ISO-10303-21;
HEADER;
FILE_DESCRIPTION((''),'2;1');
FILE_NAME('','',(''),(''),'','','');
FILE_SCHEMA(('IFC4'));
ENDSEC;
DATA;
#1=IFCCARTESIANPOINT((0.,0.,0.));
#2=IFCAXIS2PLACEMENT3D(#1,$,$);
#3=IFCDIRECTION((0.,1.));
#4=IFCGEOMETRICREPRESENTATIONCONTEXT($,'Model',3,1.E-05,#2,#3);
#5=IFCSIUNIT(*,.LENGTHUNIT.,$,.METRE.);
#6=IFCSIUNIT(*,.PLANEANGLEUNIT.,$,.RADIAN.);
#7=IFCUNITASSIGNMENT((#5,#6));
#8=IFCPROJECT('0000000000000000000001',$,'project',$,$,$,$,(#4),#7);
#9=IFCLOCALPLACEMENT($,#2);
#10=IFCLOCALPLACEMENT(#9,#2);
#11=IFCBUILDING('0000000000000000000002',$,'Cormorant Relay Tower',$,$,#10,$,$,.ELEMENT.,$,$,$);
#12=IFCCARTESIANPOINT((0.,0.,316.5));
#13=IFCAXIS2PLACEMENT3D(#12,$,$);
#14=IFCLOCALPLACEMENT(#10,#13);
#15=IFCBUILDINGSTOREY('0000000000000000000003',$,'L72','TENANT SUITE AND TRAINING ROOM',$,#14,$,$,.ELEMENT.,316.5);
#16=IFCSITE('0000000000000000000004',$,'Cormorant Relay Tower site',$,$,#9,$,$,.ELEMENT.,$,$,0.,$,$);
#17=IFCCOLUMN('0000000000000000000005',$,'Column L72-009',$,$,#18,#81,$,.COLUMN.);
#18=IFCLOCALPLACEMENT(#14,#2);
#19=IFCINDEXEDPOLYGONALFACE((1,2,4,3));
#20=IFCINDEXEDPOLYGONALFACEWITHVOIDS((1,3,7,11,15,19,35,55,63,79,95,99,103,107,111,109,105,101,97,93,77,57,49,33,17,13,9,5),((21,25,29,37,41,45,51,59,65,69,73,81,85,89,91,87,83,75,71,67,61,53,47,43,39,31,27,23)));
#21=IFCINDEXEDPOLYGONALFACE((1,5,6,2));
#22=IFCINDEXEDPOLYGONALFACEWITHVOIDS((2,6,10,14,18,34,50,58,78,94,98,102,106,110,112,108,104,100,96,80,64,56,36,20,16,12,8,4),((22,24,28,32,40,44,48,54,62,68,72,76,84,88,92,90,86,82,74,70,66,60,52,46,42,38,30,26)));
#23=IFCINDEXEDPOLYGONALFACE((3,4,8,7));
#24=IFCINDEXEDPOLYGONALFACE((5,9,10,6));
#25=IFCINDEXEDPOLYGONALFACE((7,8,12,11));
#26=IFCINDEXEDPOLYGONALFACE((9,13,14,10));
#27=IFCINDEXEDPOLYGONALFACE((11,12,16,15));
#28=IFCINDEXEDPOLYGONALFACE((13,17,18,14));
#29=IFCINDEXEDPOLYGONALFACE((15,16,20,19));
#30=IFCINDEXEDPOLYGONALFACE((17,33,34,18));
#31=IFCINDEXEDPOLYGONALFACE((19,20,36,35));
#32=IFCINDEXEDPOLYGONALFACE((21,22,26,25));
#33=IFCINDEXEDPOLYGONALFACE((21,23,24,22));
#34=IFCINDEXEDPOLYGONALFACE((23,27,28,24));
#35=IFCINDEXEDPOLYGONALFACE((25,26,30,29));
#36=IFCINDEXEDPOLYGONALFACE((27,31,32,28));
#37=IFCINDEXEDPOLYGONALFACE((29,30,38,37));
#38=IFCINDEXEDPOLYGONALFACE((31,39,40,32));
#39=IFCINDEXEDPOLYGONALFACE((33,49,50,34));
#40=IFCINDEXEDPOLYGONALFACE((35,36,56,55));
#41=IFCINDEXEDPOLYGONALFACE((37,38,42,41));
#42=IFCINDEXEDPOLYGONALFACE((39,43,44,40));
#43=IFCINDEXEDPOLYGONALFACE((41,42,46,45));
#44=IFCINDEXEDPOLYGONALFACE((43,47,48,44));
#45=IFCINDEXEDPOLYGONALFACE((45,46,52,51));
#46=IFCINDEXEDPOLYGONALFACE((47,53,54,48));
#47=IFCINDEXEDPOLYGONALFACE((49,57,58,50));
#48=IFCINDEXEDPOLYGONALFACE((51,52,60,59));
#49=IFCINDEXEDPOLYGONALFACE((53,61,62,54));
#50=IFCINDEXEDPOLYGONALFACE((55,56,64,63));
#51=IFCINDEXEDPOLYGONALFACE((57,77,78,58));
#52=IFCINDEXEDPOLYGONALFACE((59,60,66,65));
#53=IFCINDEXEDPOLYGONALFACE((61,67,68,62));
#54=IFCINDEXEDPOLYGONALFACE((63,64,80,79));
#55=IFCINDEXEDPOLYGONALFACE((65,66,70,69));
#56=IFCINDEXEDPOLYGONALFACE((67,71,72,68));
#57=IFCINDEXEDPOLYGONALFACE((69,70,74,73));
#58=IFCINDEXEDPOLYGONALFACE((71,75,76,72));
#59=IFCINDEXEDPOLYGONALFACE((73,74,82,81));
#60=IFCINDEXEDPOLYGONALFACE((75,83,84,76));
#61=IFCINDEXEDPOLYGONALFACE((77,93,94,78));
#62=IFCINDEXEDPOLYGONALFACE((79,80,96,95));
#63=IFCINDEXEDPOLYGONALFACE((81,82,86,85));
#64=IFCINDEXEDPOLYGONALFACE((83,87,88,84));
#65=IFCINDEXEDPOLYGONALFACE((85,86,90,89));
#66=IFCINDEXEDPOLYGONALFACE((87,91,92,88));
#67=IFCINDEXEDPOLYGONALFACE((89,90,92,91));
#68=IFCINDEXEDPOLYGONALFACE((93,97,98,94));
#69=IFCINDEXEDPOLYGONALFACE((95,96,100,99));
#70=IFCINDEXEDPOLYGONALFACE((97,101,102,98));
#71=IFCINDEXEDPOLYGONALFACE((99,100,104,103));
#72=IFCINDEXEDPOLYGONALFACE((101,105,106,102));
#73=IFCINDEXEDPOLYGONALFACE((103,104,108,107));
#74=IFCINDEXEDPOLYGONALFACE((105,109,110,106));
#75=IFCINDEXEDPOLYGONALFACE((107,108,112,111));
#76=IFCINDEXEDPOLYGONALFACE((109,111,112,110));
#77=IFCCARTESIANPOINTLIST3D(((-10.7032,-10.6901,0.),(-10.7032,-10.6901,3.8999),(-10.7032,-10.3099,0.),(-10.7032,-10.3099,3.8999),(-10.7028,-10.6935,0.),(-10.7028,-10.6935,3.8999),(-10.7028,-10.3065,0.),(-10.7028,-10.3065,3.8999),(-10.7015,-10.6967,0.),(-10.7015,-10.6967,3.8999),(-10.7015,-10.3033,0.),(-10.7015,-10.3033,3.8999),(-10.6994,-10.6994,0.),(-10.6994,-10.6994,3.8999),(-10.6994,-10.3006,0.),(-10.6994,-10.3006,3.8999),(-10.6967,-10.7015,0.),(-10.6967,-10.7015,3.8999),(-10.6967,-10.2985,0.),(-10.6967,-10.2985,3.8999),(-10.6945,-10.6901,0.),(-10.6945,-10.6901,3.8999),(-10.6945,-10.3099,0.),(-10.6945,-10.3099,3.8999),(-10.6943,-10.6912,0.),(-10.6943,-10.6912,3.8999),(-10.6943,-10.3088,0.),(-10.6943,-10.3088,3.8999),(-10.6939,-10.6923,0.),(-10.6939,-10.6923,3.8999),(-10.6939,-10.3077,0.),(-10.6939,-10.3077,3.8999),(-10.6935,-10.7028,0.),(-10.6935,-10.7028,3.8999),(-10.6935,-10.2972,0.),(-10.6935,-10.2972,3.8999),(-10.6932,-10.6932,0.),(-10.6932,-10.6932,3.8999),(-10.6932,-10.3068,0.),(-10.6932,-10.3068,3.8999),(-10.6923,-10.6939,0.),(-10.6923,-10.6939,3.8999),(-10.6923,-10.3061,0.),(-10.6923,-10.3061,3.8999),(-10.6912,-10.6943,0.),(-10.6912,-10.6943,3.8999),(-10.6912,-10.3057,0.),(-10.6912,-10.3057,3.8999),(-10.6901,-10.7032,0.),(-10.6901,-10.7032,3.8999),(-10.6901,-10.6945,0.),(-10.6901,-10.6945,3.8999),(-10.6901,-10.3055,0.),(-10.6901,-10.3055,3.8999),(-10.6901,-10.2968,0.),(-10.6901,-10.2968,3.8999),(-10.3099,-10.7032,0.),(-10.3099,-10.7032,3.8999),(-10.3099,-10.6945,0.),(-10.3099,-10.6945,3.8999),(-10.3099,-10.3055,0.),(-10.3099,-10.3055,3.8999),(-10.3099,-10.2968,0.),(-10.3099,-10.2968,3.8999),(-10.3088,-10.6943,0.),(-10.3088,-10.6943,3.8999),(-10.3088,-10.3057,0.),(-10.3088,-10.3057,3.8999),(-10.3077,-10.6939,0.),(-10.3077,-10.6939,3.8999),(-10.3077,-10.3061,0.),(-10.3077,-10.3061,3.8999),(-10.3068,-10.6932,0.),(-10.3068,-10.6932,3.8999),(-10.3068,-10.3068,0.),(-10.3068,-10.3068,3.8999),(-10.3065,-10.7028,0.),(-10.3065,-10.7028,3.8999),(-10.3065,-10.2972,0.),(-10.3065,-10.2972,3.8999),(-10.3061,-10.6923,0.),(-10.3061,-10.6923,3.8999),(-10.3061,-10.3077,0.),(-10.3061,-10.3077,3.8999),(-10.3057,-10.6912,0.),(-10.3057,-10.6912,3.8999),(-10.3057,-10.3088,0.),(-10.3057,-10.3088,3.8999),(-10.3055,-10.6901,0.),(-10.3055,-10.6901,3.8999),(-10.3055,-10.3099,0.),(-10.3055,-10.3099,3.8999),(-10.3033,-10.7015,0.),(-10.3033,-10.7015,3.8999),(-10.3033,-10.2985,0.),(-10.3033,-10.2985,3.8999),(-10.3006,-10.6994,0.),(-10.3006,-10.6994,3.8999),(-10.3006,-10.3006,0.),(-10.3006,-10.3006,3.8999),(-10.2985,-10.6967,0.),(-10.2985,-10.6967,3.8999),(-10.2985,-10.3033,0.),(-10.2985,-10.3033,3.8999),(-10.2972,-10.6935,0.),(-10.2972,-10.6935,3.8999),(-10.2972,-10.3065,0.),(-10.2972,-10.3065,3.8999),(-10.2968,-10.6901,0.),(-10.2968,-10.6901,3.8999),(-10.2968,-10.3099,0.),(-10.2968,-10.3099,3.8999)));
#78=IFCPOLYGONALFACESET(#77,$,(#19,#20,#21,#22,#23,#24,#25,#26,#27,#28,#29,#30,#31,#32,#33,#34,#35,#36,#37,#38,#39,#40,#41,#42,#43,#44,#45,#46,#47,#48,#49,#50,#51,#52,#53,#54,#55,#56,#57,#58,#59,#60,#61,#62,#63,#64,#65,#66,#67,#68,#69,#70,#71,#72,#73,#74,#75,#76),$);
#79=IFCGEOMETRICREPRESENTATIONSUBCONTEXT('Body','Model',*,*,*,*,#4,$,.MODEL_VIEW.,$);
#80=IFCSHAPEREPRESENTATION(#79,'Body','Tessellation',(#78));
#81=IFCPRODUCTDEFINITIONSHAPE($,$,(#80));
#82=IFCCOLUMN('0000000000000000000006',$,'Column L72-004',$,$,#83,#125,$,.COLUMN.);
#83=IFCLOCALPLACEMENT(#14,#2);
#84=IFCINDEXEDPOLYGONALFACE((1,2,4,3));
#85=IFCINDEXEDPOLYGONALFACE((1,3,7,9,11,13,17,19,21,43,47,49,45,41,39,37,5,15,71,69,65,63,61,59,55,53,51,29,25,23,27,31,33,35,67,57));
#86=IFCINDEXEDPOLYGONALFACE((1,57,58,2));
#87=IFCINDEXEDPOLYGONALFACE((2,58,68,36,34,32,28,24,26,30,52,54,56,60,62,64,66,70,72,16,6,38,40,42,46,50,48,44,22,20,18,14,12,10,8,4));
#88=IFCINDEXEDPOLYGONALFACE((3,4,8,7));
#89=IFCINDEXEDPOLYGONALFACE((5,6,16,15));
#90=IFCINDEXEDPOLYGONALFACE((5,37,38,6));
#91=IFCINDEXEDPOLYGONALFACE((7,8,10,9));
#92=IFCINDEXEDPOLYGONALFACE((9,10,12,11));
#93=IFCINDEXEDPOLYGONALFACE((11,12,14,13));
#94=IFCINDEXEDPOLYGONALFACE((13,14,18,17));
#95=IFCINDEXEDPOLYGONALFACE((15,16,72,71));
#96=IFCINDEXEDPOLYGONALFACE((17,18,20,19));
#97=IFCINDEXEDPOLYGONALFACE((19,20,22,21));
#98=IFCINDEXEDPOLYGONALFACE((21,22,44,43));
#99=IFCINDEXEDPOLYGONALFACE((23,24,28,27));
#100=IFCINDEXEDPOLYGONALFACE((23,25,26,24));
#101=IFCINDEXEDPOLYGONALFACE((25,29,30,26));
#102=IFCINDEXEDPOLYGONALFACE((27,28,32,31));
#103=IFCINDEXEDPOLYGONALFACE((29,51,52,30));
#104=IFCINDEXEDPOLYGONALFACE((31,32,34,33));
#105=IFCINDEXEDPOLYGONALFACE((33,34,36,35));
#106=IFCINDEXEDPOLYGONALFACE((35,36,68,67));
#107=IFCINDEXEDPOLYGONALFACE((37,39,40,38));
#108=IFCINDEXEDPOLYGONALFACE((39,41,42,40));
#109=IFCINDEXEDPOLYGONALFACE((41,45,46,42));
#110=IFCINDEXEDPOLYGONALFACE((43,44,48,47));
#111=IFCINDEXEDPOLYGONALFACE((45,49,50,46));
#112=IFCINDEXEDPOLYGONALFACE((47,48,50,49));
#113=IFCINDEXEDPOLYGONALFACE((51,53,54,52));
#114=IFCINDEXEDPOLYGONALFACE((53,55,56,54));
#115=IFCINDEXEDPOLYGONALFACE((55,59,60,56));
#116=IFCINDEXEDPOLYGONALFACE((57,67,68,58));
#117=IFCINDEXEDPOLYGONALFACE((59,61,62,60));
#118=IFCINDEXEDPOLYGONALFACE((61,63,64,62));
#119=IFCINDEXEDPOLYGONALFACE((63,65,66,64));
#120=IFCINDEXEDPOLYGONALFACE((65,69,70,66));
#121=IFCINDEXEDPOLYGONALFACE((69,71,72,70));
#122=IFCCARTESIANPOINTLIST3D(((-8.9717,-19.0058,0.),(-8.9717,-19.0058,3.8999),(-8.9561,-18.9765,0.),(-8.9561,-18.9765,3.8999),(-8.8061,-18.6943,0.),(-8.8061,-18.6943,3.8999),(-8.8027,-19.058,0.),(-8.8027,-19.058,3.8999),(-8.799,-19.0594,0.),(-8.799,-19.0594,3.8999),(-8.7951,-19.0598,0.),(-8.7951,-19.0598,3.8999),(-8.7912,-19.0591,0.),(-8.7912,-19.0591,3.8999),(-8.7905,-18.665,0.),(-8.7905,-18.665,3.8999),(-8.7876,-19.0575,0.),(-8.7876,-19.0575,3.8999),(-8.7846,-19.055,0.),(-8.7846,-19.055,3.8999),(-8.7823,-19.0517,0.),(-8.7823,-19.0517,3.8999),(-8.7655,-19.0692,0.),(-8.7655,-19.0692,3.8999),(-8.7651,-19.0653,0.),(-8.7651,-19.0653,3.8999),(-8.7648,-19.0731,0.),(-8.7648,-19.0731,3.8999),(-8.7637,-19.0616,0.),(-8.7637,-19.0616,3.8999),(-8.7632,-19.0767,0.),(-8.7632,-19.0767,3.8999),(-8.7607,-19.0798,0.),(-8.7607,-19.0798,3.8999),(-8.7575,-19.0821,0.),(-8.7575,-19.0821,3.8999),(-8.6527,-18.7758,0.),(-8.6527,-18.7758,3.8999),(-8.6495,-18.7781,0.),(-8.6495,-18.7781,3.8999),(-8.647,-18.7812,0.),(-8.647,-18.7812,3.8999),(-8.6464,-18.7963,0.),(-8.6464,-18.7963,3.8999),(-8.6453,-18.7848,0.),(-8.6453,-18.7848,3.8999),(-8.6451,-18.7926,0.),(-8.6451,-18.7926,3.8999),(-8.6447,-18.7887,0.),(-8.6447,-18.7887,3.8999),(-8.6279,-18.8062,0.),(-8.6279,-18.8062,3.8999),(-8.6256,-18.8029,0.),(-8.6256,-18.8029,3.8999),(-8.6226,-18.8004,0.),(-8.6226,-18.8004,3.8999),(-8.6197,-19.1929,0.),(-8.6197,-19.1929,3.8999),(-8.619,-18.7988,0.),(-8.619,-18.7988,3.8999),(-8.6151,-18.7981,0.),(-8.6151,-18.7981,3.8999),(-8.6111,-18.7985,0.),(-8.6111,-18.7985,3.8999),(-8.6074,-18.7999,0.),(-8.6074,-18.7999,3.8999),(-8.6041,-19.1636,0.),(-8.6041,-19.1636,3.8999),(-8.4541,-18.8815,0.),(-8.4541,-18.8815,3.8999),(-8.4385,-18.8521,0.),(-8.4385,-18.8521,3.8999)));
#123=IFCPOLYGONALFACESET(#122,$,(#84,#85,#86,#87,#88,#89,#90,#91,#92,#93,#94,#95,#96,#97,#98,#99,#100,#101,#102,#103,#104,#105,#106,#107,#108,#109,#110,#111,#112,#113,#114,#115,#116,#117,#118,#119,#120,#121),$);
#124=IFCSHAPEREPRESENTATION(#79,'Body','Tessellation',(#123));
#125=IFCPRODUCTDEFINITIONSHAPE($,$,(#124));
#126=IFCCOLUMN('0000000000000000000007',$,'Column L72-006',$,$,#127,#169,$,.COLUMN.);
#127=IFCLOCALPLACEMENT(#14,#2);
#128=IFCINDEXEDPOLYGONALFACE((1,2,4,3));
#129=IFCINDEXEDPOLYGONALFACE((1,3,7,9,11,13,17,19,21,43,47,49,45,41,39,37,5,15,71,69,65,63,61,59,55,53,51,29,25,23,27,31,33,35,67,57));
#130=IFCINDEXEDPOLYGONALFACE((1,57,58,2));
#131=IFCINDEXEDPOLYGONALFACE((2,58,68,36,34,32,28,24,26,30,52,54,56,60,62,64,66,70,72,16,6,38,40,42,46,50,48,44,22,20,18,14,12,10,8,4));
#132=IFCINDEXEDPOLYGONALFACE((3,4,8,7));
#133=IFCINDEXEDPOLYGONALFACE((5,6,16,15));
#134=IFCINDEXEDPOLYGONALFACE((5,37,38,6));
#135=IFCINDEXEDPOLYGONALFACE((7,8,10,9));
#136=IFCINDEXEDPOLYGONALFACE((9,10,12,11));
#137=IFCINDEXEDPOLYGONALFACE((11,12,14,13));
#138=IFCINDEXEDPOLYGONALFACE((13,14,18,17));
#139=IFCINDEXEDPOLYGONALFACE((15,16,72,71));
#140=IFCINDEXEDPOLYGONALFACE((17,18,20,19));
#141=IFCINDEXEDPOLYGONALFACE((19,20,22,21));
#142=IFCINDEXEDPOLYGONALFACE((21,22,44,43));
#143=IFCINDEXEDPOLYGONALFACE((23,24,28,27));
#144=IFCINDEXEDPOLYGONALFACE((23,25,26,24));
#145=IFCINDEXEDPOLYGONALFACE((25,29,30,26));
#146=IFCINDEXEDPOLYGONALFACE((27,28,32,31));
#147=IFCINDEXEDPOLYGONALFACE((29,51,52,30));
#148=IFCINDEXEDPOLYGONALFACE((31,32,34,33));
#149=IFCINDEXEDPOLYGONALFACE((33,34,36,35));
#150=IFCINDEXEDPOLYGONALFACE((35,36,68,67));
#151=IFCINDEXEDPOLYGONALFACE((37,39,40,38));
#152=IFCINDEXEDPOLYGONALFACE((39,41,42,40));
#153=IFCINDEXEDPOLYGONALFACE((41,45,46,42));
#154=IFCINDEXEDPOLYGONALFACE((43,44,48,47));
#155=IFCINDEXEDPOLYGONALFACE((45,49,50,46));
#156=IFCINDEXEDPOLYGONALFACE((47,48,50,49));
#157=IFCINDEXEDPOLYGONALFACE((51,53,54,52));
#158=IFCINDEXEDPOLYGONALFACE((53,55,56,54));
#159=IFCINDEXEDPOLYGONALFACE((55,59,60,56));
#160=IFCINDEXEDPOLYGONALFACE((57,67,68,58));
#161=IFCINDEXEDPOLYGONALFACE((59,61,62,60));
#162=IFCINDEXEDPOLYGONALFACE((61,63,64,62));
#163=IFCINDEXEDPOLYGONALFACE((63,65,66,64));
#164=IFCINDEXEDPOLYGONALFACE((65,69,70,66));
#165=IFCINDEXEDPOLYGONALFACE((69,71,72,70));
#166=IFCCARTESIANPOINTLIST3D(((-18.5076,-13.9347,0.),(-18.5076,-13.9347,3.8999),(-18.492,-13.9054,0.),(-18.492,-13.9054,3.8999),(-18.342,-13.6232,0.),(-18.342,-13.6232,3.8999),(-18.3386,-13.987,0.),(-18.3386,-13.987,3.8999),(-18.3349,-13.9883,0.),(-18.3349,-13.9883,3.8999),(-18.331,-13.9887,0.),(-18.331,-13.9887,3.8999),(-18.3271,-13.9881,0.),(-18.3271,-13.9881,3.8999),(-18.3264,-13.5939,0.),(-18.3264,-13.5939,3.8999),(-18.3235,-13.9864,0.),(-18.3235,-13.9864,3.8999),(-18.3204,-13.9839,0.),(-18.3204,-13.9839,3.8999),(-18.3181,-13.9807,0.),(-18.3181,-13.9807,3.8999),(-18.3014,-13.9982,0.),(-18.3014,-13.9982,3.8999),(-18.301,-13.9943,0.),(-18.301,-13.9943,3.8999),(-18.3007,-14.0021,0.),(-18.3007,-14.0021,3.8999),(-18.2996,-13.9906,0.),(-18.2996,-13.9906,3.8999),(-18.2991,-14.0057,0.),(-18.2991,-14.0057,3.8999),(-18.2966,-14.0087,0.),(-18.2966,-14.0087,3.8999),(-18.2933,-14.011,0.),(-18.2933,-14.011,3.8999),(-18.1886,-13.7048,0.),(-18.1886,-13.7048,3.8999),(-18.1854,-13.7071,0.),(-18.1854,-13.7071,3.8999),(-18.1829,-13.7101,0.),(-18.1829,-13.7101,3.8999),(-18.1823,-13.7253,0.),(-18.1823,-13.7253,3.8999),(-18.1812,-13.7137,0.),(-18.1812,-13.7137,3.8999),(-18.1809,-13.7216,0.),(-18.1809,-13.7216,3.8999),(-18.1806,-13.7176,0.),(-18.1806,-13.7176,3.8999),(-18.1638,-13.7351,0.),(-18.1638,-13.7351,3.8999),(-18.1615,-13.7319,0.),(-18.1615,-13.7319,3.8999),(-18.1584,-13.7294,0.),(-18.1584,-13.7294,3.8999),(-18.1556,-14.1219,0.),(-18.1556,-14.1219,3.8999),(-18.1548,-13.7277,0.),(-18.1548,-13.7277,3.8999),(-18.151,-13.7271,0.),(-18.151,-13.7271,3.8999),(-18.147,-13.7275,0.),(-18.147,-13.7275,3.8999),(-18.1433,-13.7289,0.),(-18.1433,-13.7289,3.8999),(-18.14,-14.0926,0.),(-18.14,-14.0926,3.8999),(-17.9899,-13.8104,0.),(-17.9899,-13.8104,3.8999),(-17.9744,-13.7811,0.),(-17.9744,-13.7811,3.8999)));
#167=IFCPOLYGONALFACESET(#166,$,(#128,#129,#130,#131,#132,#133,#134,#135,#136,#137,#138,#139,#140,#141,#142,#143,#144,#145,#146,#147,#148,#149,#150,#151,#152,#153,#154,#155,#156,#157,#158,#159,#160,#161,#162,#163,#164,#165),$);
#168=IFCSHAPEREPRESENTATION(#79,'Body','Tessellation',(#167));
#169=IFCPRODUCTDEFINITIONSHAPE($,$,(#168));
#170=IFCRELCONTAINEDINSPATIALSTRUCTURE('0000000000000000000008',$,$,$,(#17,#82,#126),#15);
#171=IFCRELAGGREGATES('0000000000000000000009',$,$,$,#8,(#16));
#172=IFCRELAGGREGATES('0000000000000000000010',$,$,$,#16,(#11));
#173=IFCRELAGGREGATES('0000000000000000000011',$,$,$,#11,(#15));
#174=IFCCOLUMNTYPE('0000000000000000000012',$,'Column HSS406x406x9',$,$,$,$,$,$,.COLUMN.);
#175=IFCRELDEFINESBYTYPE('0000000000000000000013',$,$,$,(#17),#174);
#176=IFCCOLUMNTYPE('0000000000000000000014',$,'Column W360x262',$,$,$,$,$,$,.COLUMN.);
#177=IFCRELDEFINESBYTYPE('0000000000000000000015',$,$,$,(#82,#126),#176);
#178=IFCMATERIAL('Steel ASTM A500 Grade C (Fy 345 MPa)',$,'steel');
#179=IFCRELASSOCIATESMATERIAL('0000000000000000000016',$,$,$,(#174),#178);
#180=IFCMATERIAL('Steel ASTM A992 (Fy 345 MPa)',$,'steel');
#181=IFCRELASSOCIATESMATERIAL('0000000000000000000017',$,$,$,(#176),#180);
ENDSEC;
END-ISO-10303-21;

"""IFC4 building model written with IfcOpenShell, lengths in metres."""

from ifc_helpers import new_model, si_unit, direction, frame, origin, origin_2d, place, context, subcontext, project, spatial, hollow_rectangle, i_section, extrude, material, material_profile, profile_set, type_object, element, save


model = new_model("IFC4")

# Units and contexts
model_context = context("Model", 3, precision=1e-05, world=origin(), true_north=direction((0.0, 1.0)))
body_context = subcontext(model_context, "Body", "Model", "MODEL_VIEW")
ifc_project = project(units=[si_unit("LENGTHUNIT", "METRE"), si_unit("PLANEANGLEUNIT", "RADIAN")], contexts=[model_context])

# Site, building, storey
site_placement = place(None, origin())
site = spatial("IfcSite", under=ifc_project, at=site_placement, Name="Cormorant Relay Tower site", CompositionType="ELEMENT", RefElevation=0.0)
building_placement = place(site_placement, origin())
building = spatial("IfcBuilding", under=site, at=building_placement, Name="Cormorant Relay Tower", CompositionType="ELEMENT")
storey_placement = place(building_placement, frame((0.0, 0.0, 316.5)))
storey = spatial("IfcBuildingStorey", under=building, at=storey_placement, Name="L72", Description="TENANT SUITE AND TRAINING ROOM", CompositionType="ELEMENT", Elevation=316.5)

# Columns
ifc_material_1 = material(Name="Steel ASTM A500 Grade C (Fy 345 MPa)", Category="steel")
ifc_material_profile_1 = material_profile(ifc_material_1, hollow_rectangle(XDim=0.4065, YDim=0.4065, WallThickness=0.0088, InnerFilletRadius=0.0044, OuterFilletRadius=0.0132, at=origin_2d()), Name="HSS406x406x9")
ifc_profile_set_1 = profile_set([ifc_material_profile_1], Name="Steel ASTM A500 Grade C (Fy 345 MPa)")
column_type_1 = type_object("IfcColumnType", Name="Column HSS406x406x9", PredefinedType="COLUMN", material=ifc_profile_set_1)
column_placement = place(storey_placement, frame((-10.5, -10.5, 0.0), z_axis=(0.0, 0.0, 1.0), x_axis=(1.0, 0.0, 0.0)))
element("IfcColumn", 1, at=column_placement, inside=storey, type_object=column_type_1, Name="Column L72-009", PredefinedType="COLUMN", context=body_context, shape_type="SweptSolid", body=[
    extrude(hollow_rectangle(XDim=0.4065, YDim=0.4065, WallThickness=0.0088, InnerFilletRadius=0.0044, OuterFilletRadius=0.0132, at=origin_2d()), origin(), (0.0, 0.0, 1.0), 3.8999),
])
ifc_material_2 = material(Name="Steel ASTM A992 (Fy 345 MPa)", Category="steel")
ifc_material_profile_2 = material_profile(ifc_material_2, i_section(OverallWidth=0.3987, OverallDepth=0.386, WebThickness=0.021, FlangeThickness=0.0332, FilletRadius=0.0151, at=origin_2d()), Name="W360x262")
ifc_profile_set_2 = profile_set([ifc_material_profile_2], Name="Steel ASTM A992 (Fy 345 MPa)")
column_type_2 = type_object("IfcColumnType", Name="Column W360x262", PredefinedType="COLUMN", material=ifc_profile_set_2)
for number, where, z_axis, x_axis, name in (
    (2, (-8.7051, -18.929, 0.0), (0.0, 0.0, 1.0), (0.882948, -0.469472, 0.0), "Column L72-004"),
    (3, (-18.241, -13.8579, 0.0), (0.0, 0.0, 1.0), (0.882948, -0.469472, 0.0), "Column L72-006"),
):
    element("IfcColumn", number, at=place(storey_placement, frame(where, z_axis=z_axis, x_axis=x_axis)), inside=storey, type_object=column_type_2, Name=name, PredefinedType="COLUMN", context=body_context, shape_type="SweptSolid", body=[
        extrude(i_section(OverallWidth=0.3987, OverallDepth=0.386, WebThickness=0.021, FlangeThickness=0.0332, FilletRadius=0.0151, at=origin_2d()), origin(), (0.0, 0.0, 1.0), 3.8999),
    ])

save(model, "model.ifc")
